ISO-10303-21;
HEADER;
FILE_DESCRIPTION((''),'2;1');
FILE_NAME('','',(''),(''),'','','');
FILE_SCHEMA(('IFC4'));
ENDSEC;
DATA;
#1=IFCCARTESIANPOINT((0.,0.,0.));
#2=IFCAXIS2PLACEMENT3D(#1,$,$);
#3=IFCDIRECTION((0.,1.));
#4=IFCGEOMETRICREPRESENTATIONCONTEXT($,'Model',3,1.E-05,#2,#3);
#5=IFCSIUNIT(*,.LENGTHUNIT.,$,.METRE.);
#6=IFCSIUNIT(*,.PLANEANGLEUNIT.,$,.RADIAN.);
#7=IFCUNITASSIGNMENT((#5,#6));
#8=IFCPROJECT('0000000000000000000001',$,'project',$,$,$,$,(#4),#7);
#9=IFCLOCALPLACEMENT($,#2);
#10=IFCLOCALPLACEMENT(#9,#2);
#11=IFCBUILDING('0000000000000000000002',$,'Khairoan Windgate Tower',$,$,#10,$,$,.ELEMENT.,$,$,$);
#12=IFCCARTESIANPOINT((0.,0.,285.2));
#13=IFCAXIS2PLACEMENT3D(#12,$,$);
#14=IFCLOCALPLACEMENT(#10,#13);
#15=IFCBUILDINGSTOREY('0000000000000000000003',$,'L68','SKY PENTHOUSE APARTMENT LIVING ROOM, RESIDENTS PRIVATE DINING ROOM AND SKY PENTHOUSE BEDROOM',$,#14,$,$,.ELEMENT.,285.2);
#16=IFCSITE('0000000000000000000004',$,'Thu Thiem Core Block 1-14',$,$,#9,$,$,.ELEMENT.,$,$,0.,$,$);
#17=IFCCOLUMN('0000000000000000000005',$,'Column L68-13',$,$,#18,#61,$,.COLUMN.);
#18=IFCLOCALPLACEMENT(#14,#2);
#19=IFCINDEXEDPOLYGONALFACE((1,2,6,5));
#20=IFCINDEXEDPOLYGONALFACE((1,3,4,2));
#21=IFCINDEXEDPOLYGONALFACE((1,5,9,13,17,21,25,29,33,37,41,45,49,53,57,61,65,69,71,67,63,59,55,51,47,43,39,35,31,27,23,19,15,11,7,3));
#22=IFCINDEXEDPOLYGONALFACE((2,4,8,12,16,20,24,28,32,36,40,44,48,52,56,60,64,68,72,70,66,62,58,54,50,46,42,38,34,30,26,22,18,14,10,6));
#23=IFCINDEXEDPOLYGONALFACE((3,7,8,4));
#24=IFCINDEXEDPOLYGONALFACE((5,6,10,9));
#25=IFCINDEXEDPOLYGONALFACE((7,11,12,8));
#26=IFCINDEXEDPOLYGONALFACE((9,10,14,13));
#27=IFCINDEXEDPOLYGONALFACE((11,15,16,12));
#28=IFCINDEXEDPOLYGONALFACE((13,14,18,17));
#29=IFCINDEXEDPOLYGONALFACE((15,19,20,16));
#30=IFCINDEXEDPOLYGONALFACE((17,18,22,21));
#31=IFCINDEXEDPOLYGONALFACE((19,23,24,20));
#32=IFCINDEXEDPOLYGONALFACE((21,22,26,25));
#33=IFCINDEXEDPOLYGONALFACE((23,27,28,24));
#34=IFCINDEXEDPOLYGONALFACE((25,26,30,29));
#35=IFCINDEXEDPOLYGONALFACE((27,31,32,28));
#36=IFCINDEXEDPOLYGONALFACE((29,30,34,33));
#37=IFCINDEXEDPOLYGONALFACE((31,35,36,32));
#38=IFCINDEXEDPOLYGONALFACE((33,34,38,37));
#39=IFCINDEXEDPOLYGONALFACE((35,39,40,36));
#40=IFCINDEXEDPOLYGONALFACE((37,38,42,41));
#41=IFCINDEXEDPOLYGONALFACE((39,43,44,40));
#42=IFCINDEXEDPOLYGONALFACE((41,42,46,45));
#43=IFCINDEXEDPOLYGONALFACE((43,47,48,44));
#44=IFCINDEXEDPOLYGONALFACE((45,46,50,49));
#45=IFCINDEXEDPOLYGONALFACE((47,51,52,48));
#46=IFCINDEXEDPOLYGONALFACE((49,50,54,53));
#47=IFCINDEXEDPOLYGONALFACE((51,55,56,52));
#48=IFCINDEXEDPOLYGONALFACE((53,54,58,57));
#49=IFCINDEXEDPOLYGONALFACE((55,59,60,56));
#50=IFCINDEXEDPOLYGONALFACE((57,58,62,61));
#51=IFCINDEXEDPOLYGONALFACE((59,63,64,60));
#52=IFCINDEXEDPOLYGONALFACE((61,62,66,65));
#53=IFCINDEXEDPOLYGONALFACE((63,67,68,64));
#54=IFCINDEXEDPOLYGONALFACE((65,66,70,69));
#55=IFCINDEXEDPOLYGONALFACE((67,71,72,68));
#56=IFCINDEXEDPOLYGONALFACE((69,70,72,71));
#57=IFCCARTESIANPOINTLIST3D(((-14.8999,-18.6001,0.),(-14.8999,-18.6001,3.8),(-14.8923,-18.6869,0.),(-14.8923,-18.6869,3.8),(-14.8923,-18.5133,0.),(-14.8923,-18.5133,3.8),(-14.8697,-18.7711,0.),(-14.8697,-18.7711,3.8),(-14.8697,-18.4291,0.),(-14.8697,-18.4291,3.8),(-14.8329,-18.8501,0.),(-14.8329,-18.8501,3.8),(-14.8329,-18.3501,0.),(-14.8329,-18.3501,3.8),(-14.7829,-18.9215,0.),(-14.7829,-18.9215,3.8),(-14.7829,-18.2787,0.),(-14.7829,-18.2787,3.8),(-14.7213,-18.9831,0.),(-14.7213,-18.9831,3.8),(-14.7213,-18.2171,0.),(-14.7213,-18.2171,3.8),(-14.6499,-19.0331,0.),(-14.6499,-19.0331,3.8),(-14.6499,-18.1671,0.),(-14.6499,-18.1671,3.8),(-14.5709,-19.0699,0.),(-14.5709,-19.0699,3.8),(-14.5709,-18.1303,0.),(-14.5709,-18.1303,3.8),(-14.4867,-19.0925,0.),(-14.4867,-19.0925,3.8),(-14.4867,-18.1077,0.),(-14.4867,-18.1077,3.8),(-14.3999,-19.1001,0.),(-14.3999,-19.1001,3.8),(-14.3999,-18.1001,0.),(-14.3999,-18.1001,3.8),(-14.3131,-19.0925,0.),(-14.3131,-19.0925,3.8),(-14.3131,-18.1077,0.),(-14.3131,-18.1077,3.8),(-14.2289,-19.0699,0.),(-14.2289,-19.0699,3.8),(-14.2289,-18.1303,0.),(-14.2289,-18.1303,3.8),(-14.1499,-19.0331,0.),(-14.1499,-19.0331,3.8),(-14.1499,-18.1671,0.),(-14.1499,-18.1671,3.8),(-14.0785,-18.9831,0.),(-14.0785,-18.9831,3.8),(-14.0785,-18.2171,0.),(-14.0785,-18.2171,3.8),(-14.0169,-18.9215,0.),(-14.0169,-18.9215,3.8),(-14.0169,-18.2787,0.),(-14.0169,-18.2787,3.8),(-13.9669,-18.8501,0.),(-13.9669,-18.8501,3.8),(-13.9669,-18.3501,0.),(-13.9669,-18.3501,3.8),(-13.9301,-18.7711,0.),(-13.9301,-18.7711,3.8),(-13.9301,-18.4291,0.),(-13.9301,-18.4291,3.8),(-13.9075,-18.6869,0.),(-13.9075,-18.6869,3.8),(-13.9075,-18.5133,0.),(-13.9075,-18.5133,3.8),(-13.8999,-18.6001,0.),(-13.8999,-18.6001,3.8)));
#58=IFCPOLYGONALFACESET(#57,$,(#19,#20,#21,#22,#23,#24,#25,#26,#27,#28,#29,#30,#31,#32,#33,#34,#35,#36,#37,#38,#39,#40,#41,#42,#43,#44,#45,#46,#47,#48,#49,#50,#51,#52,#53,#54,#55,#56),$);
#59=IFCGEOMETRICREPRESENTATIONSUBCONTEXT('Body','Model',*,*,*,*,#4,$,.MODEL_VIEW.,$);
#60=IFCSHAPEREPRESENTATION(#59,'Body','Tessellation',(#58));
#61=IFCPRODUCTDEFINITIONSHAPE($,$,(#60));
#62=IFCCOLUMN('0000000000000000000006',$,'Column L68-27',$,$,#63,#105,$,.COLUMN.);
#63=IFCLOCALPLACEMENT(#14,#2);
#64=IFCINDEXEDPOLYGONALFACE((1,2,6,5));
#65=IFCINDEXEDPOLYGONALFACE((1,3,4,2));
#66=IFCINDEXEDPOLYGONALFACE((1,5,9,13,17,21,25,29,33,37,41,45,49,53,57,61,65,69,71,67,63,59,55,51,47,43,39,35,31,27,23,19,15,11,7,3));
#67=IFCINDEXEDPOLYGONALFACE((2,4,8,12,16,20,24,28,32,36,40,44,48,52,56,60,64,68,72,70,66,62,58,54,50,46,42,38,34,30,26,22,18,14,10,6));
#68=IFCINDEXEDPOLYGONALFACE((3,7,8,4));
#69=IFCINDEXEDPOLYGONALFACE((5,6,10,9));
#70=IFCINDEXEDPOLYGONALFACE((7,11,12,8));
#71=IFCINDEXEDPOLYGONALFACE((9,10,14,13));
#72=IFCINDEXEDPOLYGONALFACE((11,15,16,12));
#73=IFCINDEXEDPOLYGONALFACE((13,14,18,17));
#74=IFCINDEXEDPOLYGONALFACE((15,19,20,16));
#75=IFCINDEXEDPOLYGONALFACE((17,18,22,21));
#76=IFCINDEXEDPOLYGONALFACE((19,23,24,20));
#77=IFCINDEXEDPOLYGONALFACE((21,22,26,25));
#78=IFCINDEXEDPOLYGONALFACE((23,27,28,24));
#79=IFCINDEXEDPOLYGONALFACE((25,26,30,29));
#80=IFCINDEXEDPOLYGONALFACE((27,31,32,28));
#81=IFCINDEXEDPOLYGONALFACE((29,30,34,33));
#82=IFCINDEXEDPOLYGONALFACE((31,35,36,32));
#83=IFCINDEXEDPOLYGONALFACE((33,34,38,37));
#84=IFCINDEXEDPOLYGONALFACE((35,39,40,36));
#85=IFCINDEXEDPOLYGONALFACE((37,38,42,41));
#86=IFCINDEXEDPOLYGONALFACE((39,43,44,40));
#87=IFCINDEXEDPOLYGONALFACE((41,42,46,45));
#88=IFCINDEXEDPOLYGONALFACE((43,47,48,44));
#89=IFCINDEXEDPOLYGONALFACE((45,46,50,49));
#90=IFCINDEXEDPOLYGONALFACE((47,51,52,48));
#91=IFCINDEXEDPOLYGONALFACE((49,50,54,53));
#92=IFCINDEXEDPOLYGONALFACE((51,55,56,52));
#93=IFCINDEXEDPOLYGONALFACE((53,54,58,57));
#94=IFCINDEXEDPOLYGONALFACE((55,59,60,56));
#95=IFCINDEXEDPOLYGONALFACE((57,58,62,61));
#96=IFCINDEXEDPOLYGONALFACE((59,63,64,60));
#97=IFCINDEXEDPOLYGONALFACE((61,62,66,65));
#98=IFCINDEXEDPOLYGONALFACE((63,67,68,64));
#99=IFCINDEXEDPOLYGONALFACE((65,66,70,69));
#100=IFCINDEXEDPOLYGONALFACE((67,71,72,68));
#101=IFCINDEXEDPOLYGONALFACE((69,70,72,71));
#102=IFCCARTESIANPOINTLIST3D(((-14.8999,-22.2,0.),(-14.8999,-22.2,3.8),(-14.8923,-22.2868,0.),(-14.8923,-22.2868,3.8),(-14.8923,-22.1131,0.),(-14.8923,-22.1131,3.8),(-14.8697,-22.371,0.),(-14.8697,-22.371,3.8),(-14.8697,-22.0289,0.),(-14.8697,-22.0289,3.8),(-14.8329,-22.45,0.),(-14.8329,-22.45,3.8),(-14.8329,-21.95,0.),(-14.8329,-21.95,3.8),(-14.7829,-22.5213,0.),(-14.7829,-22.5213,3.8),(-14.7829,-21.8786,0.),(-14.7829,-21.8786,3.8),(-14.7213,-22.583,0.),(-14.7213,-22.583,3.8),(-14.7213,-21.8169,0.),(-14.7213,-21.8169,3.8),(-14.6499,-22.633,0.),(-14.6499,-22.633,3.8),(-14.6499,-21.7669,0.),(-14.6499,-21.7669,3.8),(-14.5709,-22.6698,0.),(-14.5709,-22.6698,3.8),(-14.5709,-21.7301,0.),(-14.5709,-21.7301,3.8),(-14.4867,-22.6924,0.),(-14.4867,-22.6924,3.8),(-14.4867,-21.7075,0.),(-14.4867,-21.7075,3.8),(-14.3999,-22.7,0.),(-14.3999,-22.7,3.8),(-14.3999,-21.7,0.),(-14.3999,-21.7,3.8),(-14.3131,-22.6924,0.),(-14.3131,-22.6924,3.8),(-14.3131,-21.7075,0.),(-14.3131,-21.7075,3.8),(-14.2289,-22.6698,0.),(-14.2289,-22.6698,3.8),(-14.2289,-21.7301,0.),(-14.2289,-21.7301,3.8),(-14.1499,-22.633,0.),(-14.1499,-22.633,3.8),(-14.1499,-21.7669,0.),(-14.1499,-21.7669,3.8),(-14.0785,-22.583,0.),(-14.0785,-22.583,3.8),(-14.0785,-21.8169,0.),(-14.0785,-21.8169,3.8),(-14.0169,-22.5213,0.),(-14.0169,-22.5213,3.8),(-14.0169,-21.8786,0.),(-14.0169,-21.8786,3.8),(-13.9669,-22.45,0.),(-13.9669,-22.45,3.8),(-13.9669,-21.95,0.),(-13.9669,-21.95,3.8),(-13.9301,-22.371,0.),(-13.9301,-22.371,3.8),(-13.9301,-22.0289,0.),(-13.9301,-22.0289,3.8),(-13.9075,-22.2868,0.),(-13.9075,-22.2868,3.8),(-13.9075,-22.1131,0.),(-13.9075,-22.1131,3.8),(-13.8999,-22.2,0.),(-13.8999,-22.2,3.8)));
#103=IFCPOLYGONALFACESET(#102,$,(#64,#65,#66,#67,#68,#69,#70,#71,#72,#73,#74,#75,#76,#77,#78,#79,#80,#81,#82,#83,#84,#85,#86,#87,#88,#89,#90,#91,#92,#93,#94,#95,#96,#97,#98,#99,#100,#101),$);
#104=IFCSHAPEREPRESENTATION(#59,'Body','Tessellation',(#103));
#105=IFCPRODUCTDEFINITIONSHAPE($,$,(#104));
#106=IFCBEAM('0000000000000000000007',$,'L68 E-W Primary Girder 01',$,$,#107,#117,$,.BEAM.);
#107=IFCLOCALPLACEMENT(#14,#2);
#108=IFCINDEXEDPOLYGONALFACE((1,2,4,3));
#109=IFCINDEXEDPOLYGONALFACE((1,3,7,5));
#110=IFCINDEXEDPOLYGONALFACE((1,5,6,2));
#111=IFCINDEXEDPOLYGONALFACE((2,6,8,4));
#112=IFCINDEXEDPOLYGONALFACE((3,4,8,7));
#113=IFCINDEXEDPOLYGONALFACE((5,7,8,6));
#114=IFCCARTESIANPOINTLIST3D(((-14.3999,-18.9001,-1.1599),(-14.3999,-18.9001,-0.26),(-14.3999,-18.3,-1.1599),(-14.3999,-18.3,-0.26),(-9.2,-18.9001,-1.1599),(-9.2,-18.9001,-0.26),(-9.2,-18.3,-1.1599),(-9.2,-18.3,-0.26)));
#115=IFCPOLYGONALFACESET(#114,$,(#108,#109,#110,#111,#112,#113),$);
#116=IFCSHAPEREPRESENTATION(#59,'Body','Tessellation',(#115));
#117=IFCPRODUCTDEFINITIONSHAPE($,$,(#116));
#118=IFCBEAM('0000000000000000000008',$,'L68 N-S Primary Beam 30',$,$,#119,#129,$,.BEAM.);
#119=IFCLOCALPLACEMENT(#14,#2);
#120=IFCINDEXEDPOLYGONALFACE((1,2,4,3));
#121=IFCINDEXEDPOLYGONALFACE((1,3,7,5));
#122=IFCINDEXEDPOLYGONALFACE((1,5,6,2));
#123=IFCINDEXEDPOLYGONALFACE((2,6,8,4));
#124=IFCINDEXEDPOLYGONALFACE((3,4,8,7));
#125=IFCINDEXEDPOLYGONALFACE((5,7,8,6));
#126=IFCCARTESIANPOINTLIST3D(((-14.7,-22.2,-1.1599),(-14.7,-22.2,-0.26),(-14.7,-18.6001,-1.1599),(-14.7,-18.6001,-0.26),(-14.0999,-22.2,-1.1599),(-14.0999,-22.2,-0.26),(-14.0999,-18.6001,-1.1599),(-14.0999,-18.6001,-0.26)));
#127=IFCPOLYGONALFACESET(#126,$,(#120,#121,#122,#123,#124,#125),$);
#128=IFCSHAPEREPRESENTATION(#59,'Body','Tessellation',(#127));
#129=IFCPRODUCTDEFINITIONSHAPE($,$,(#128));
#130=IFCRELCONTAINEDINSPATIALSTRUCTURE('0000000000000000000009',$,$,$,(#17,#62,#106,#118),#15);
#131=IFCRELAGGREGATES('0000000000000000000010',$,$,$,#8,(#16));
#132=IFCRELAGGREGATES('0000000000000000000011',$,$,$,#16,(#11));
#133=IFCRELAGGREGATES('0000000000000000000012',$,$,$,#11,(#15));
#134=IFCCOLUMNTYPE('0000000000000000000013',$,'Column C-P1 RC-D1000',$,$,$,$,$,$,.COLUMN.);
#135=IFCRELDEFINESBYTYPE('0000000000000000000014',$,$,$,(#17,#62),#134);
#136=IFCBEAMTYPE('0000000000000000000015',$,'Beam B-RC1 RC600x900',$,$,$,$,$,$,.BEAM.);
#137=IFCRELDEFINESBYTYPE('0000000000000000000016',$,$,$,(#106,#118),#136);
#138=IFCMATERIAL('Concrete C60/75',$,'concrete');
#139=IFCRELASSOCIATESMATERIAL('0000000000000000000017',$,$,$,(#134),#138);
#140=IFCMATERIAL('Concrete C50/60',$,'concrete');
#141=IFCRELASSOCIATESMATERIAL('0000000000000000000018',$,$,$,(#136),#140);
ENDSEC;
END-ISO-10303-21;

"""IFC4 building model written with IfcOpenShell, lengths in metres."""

from ifc_helpers import new_model, si_unit, direction, frame, origin, origin_2d, place, context, subcontext, project, spatial, rectangle, circle, extrude, material, material_profile, profile_set, type_object, element, save


model = new_model("IFC4")

# Units and contexts
model_context = context("Model", 3, precision=1e-05, world=origin(), true_north=direction((0.0, 1.0)))
body_context = subcontext(model_context, "Body", "Model", "MODEL_VIEW")
ifc_project = project(units=[si_unit("LENGTHUNIT", "METRE"), si_unit("PLANEANGLEUNIT", "RADIAN")], contexts=[model_context])

# Site, building, storey
site_placement = place(None, origin())
site = spatial("IfcSite", under=ifc_project, at=site_placement, Name="Thu Thiem Core Block 1-14", CompositionType="ELEMENT", RefElevation=0.0)
building_placement = place(site_placement, origin())
building = spatial("IfcBuilding", under=site, at=building_placement, Name="Khairoan Windgate Tower", CompositionType="ELEMENT")
storey_placement = place(building_placement, frame((0.0, 0.0, 285.2)))
storey = spatial("IfcBuildingStorey", under=building, at=storey_placement, Name="L68", Description="SKY PENTHOUSE APARTMENT LIVING ROOM, RESIDENTS PRIVATE DINING ROOM AND SKY PENTHOUSE BEDROOM", CompositionType="ELEMENT", Elevation=285.2)

# Columns
ifc_material_1 = material(Name="Concrete C60/75", Category="concrete")
ifc_material_profile_1 = material_profile(ifc_material_1, circle(Radius=0.5, at=origin_2d()))
ifc_profile_set_1 = profile_set([ifc_material_profile_1], Name="Concrete C60/75")
column_type = type_object("IfcColumnType", Name="Column C-P1 RC-D1000", PredefinedType="COLUMN", material=ifc_profile_set_1)
for number, where, z_axis, x_axis, name in (
    (1, (-14.3999, -18.6001, 0.0), (0.0, 0.0, 1.0), (1.0, 0.0, 0.0), "Column L68-13"),
    (2, (-14.3999, -22.2, 0.0), (0.0, 0.0, 1.0), (1.0, 0.0, 0.0), "Column L68-27"),
):
    element("IfcColumn", number, at=place(storey_placement, frame(where, z_axis=z_axis, x_axis=x_axis)), inside=storey, type_object=column_type, Name=name, PredefinedType="COLUMN", context=body_context, shape_type="SweptSolid", body=[
        extrude(circle(Radius=0.5, at=origin_2d()), origin(), (0.0, 0.0, 1.0), 3.8),
    ])

# Beams
ifc_material_2 = material(Name="Concrete C50/60", Category="concrete")
ifc_material_profile_2 = material_profile(ifc_material_2, rectangle(XDim=0.6001, YDim=0.8999, at=origin_2d()))
ifc_profile_set_2 = profile_set([ifc_material_profile_2], Name="Concrete C50/60")
beam_type = type_object("IfcBeamType", Name="Beam B-RC1 RC600x900", PredefinedType="BEAM", material=ifc_profile_set_2)
beam_1_placement = place(storey_placement, frame((-14.3999, -18.6001, -0.71), z_axis=(1.0, 0.0, 0.0), x_axis=(0.0, 1.0, 0.0)))
element("IfcBeam", 3, at=beam_1_placement, inside=storey, type_object=beam_type, Name="L68 E-W Primary Girder 01", PredefinedType="BEAM", context=body_context, shape_type="SweptSolid", body=[
    extrude(rectangle(XDim=0.6001, YDim=0.8999, at=origin_2d()), origin(), (0.0, 0.0, 1.0), 5.2),
])
beam_2_placement = place(storey_placement, frame((-14.3999, -22.2, -0.71), z_axis=(0.0, 1.0, 0.0), x_axis=(-1.0, 0.0, 0.0)))
element("IfcBeam", 4, at=beam_2_placement, inside=storey, type_object=beam_type, Name="L68 N-S Primary Beam 30", PredefinedType="BEAM", context=body_context, shape_type="SweptSolid", body=[
    extrude(rectangle(XDim=0.6001, YDim=0.8999, at=origin_2d()), origin(), (0.0, 0.0, 1.0), 3.5999),
])

save(model, "model.ifc")
